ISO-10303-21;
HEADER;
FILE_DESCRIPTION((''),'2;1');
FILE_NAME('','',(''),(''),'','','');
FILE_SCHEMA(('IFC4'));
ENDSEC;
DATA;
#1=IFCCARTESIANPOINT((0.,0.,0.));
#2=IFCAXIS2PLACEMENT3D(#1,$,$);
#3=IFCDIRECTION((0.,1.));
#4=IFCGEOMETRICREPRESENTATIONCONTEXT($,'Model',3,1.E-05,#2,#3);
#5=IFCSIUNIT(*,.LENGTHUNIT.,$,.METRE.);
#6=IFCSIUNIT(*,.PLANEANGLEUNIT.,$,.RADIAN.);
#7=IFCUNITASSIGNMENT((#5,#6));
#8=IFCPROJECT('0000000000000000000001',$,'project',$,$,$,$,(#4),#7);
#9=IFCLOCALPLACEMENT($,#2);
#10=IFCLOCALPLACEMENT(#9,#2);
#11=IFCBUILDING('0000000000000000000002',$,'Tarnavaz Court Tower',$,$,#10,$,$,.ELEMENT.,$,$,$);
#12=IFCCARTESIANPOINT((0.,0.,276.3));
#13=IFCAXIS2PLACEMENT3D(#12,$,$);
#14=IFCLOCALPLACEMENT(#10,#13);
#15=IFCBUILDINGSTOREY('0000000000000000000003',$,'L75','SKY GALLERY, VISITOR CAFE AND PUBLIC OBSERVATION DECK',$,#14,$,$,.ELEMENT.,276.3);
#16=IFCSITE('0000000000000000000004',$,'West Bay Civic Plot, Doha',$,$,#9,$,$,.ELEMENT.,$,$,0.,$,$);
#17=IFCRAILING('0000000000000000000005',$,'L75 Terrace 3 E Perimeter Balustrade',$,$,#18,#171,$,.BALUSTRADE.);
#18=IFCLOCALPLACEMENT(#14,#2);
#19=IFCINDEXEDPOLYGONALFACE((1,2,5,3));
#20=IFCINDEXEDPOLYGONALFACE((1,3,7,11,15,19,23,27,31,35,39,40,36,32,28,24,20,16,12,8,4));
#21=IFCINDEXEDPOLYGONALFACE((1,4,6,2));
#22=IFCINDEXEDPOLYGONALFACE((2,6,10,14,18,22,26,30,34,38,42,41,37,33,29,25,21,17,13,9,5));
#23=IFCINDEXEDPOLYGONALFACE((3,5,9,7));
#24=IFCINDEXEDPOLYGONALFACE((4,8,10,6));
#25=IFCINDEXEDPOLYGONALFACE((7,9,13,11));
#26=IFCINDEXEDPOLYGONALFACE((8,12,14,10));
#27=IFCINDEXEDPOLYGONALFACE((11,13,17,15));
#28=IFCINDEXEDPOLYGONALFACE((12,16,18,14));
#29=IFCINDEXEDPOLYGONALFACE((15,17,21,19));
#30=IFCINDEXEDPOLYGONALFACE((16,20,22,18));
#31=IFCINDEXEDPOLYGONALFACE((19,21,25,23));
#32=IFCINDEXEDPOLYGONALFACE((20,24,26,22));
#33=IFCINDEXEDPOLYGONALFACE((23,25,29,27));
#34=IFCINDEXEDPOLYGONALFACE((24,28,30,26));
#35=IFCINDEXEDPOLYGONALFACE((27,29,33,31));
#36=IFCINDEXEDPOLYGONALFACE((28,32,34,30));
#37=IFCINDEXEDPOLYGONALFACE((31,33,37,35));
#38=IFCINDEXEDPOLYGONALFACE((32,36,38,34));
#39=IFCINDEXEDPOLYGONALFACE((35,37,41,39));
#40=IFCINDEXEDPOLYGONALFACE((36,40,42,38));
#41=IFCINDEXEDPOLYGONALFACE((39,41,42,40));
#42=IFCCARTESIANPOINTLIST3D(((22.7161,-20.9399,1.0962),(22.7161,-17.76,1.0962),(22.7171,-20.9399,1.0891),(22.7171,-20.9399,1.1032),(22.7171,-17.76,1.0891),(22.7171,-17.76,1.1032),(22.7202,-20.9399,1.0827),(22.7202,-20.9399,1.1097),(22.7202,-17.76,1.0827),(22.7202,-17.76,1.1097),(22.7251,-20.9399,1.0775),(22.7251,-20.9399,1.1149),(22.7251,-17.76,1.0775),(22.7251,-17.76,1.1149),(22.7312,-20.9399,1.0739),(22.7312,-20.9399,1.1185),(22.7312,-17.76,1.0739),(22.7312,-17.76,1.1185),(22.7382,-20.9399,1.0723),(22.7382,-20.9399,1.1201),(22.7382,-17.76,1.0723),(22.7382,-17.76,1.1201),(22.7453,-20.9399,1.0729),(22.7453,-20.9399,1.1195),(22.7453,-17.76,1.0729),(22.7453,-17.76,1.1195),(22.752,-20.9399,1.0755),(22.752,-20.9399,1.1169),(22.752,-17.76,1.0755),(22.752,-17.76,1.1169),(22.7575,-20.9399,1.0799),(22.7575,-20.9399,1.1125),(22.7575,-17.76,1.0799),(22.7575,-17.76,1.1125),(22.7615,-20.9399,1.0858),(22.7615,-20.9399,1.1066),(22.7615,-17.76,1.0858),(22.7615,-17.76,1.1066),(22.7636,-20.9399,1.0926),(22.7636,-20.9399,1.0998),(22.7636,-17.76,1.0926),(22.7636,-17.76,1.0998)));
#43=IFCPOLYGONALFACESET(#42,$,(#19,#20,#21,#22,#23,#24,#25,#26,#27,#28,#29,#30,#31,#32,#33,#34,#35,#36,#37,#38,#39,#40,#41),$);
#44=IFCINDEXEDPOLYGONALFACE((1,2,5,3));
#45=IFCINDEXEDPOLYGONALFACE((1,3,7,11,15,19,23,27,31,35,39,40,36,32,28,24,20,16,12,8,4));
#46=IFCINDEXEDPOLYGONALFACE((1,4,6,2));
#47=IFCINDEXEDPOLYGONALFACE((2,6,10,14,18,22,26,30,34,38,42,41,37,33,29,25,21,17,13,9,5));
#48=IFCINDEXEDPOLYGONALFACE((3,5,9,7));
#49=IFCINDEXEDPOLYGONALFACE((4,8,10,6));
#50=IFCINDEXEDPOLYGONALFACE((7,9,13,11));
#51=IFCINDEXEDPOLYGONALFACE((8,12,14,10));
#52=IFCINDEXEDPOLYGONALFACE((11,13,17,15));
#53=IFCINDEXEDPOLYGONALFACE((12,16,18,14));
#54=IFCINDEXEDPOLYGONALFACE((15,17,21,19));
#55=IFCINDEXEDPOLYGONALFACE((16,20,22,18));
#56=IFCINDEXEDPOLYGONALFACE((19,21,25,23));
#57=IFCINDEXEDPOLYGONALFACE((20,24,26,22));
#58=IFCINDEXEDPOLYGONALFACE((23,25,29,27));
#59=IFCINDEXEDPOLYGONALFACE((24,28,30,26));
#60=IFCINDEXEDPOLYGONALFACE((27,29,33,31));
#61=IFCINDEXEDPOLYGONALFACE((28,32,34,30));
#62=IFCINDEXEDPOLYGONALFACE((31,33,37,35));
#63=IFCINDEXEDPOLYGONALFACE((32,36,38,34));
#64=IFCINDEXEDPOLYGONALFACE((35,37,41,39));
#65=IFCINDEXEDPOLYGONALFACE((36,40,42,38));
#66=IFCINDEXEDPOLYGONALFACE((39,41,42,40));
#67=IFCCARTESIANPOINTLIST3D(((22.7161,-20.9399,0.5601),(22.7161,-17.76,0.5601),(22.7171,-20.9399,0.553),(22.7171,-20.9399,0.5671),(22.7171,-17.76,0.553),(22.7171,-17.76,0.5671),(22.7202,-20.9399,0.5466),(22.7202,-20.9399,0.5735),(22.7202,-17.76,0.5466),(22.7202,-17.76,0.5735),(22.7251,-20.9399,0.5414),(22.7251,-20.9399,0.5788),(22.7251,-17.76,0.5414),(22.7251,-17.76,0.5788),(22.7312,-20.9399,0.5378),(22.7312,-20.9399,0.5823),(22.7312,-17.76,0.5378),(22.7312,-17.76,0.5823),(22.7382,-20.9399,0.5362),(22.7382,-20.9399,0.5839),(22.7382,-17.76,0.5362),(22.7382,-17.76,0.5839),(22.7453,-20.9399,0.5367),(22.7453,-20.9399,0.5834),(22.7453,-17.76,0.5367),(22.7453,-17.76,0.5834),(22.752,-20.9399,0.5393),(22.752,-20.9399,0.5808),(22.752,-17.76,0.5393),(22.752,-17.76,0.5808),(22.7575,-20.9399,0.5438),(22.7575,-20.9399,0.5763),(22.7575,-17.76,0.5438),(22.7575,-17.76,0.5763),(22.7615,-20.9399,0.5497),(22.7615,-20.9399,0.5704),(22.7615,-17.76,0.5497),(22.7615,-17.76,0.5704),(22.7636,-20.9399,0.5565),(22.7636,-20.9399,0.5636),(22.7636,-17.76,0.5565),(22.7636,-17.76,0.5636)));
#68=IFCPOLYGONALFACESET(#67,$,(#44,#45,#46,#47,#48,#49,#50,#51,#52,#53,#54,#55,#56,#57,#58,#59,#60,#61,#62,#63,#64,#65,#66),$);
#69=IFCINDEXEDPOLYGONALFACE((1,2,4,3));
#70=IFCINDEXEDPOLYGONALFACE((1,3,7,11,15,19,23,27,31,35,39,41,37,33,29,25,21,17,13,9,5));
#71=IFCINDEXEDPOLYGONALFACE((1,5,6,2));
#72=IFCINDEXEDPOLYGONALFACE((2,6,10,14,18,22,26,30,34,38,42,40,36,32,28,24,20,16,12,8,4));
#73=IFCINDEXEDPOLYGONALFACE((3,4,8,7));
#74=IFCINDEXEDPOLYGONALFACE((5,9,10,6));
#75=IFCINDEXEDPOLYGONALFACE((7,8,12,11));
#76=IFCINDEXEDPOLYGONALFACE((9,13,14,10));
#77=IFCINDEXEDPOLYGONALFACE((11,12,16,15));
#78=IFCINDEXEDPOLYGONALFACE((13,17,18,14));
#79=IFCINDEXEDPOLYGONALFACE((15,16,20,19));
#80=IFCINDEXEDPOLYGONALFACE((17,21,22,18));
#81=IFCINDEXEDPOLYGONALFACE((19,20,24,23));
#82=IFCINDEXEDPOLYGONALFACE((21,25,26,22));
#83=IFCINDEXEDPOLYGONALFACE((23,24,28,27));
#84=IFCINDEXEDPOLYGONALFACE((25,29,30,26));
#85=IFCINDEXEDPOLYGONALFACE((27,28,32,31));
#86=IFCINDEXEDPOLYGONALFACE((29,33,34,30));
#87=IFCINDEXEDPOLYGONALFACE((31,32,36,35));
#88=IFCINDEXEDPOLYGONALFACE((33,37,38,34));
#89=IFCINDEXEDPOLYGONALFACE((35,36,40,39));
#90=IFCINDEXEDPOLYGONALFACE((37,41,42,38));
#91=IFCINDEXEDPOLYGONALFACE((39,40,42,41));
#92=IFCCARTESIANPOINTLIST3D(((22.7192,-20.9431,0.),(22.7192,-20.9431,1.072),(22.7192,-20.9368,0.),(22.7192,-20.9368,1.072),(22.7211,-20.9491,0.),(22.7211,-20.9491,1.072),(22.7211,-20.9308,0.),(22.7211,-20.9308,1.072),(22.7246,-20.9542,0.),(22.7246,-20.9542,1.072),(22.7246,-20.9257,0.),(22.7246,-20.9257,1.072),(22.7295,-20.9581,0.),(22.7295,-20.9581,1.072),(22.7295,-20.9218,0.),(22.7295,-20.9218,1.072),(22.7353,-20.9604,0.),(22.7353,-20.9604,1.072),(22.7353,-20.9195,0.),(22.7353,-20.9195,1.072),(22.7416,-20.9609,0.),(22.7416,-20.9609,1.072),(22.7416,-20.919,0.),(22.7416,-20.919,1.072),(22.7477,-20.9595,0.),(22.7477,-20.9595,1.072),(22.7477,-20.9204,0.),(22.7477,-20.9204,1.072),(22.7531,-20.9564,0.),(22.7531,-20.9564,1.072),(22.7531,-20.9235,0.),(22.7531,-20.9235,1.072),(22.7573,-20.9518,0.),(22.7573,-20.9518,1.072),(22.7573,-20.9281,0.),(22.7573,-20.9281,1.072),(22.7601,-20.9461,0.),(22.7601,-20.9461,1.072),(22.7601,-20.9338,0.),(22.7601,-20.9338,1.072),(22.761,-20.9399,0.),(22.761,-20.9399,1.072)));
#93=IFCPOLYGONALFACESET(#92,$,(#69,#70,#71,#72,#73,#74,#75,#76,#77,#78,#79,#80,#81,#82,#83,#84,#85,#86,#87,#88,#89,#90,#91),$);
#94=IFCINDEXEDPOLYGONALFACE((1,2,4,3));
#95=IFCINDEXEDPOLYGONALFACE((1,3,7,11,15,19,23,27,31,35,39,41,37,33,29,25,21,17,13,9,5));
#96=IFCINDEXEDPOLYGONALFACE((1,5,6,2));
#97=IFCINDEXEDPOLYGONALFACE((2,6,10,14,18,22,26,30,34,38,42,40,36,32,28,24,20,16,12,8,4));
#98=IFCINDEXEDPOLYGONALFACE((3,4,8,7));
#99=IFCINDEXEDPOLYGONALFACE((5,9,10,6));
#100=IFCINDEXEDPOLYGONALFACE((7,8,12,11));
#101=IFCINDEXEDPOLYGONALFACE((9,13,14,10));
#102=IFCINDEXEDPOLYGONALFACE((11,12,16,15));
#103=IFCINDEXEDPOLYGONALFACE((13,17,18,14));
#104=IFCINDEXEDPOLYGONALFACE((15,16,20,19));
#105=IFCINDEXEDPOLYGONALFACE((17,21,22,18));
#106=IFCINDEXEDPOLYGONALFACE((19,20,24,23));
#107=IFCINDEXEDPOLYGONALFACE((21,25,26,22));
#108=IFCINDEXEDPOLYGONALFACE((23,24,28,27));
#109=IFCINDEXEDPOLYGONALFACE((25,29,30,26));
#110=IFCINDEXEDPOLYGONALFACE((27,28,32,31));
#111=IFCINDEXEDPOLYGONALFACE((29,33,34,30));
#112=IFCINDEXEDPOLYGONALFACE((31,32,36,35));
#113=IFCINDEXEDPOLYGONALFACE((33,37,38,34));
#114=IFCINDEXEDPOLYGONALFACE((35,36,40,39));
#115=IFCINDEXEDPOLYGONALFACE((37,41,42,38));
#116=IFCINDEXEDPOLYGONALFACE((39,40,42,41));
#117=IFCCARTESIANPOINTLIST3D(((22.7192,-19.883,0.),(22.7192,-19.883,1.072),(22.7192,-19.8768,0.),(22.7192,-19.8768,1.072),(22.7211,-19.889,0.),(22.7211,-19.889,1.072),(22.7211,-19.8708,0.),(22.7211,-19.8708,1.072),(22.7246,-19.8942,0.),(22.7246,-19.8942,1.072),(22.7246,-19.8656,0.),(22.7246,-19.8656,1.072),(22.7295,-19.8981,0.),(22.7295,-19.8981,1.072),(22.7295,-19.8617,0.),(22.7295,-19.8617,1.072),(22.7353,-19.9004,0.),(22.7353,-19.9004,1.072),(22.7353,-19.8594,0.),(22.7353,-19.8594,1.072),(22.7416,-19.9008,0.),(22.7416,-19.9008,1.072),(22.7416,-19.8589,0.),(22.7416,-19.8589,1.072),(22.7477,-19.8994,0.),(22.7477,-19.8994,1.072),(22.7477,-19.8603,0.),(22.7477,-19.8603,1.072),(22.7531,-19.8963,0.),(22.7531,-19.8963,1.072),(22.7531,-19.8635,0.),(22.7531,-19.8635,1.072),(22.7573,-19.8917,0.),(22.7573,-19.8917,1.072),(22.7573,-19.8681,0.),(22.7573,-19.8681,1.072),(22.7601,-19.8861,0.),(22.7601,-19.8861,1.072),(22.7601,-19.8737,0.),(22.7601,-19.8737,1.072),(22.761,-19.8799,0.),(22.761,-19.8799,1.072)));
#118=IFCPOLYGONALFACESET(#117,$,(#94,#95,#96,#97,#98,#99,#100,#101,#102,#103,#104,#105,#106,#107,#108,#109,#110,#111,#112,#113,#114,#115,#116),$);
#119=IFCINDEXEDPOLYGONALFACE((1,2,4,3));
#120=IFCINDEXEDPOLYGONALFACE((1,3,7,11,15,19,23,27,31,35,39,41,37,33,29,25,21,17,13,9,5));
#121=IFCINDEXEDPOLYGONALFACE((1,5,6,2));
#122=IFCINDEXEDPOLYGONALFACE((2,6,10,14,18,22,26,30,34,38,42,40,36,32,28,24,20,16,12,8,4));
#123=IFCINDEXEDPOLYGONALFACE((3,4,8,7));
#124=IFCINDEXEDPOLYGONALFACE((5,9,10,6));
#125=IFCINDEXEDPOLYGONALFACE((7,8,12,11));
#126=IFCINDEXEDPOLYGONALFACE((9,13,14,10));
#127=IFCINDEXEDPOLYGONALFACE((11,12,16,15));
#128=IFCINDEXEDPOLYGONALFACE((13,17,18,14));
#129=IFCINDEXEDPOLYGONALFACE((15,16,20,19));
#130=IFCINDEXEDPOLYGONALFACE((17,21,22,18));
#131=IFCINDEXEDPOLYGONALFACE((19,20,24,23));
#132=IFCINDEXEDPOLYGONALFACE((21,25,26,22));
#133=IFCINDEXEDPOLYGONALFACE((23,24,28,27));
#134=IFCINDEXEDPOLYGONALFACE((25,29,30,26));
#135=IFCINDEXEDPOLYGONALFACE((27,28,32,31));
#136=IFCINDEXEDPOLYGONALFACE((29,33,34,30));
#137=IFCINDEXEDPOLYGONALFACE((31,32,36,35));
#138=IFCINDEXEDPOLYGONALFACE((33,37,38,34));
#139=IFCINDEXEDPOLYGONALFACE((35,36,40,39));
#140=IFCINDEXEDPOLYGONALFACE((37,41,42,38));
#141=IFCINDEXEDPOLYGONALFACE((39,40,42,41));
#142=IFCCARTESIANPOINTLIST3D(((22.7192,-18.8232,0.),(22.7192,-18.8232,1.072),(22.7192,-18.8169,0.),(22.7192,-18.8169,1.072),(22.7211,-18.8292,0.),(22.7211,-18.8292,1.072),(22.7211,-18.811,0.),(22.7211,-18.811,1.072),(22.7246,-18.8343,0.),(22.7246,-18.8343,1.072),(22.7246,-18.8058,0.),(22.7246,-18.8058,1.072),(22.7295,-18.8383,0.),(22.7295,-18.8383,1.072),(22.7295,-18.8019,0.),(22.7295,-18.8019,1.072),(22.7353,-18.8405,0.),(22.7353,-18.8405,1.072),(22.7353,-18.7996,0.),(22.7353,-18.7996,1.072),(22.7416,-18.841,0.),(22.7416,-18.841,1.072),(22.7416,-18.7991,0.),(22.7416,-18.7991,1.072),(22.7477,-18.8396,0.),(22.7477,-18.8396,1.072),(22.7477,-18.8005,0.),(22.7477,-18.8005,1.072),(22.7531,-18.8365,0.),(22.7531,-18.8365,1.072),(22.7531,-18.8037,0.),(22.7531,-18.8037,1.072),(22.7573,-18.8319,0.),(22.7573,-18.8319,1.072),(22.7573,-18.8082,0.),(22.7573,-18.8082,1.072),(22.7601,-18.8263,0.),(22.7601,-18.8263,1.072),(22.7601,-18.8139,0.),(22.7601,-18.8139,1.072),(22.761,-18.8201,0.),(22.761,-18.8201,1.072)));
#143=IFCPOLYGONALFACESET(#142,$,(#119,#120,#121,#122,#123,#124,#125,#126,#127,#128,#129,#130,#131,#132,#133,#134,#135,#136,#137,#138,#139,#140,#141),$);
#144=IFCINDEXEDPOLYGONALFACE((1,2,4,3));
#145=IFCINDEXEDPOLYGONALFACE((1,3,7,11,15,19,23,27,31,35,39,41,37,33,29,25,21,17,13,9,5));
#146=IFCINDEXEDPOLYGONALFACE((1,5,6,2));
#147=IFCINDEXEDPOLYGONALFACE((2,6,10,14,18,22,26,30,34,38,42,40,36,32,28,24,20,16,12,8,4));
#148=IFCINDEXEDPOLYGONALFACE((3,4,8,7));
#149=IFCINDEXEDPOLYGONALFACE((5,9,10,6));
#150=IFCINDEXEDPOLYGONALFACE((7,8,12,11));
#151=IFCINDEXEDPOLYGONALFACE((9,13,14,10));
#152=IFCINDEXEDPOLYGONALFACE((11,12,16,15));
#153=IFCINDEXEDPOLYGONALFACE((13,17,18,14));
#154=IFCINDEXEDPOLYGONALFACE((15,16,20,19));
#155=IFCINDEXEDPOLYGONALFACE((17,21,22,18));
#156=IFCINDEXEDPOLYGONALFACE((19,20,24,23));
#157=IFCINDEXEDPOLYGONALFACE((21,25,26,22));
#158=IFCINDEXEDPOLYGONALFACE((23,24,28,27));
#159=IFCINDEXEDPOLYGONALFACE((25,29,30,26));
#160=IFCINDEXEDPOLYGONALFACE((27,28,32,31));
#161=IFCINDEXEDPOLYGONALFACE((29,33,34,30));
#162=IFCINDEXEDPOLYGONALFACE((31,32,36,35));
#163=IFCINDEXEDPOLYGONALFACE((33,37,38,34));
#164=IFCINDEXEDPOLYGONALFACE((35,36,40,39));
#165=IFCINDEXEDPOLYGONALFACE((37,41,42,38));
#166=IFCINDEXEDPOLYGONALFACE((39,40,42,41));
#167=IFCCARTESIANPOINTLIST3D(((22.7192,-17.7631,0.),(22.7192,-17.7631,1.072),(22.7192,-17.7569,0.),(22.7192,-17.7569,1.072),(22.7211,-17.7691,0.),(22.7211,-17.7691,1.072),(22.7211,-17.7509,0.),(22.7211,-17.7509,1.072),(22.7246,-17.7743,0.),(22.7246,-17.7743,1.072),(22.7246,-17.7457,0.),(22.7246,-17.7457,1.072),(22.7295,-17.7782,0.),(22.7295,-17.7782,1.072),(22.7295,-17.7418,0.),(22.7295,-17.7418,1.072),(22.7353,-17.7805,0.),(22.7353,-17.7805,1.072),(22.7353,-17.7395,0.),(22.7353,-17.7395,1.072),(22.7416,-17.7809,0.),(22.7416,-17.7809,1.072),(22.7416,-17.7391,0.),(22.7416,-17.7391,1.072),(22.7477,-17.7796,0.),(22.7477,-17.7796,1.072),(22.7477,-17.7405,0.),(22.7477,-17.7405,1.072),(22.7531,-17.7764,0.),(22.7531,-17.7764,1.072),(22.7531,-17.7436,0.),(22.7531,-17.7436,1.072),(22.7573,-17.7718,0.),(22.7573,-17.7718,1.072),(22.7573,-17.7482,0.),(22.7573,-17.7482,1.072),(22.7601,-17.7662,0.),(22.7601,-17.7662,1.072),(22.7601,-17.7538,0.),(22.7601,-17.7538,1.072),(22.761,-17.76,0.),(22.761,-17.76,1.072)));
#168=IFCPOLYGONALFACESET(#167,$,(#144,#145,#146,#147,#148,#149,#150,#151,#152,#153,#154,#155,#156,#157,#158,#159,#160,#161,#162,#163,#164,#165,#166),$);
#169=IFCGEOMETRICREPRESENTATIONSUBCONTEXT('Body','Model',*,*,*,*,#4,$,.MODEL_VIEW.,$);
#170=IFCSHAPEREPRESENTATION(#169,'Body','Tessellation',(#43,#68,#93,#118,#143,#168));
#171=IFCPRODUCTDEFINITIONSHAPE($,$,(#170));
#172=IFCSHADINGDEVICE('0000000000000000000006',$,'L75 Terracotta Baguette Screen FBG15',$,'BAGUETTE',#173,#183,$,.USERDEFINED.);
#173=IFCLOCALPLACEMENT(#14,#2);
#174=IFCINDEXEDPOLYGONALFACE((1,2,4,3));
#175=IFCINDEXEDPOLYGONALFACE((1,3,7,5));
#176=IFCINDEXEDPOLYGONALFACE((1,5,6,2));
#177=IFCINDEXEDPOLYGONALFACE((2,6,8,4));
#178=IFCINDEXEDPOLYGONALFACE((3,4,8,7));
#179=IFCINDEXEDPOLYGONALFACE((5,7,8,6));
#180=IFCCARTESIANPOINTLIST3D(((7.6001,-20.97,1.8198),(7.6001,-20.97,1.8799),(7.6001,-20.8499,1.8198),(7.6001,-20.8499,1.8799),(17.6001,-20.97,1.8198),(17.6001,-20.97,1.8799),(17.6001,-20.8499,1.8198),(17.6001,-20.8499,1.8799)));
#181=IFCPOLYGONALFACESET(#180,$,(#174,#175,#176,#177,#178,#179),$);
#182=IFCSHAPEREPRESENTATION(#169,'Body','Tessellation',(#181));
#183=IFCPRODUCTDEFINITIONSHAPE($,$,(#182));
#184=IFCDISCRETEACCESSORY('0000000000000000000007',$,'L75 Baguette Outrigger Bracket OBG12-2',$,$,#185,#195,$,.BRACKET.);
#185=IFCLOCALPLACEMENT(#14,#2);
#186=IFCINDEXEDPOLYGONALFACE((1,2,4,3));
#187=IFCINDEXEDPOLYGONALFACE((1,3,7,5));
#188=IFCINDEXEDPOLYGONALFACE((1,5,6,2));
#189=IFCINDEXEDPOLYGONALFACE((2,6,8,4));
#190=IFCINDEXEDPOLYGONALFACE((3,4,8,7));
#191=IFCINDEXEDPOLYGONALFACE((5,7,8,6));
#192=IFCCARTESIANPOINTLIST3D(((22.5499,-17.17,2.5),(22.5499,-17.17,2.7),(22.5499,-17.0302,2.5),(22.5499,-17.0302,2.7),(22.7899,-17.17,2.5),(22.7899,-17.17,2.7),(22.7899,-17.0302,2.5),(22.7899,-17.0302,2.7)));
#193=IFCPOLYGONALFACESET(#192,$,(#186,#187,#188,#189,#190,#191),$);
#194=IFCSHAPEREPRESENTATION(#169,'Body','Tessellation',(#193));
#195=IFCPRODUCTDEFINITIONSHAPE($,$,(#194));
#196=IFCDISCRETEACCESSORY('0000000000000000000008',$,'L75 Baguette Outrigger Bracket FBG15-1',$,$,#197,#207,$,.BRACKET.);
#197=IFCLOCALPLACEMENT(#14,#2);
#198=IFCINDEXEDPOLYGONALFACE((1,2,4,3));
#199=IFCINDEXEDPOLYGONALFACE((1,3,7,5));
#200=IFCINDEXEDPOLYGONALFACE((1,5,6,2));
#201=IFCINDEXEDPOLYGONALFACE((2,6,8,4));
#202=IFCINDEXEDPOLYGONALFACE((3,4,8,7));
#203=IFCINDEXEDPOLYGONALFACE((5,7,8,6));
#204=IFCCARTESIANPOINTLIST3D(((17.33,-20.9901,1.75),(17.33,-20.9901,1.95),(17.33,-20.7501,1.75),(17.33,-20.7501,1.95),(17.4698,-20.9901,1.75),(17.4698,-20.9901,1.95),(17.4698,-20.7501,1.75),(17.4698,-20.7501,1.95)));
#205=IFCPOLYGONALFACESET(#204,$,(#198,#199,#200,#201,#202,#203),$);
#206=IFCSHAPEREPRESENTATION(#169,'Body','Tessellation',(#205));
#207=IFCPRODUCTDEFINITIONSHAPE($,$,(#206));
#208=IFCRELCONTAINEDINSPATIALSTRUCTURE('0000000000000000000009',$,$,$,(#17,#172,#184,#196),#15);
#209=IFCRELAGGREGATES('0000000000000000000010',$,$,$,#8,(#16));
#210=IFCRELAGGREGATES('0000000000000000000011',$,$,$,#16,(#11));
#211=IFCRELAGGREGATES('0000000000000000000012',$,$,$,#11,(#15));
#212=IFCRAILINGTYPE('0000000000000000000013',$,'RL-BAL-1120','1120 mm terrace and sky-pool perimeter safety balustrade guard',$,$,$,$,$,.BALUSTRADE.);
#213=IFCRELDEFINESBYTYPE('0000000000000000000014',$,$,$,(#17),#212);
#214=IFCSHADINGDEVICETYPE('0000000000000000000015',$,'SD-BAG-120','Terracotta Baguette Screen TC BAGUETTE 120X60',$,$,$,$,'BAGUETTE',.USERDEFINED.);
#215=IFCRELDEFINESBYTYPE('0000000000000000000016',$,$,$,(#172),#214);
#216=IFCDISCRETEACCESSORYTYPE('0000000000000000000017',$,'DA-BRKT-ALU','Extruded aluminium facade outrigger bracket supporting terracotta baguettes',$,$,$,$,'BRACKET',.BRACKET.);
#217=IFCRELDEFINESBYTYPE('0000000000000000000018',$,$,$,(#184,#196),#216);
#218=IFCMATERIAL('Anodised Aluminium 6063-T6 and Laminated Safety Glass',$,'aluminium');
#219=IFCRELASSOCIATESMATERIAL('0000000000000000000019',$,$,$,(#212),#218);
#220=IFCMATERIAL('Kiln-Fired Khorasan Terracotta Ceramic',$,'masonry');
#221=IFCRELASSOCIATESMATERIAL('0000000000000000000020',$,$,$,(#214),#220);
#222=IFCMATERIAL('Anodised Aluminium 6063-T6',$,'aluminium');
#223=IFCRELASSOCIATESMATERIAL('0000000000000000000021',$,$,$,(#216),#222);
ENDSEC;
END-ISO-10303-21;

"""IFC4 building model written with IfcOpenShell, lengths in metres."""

from ifc_helpers import new_model, si_unit, direction, frame, origin, origin_2d, place, context, subcontext, project, spatial, rectangle, circle, extrude, material, material_profile, profile_set, type_object, element, save


model = new_model("IFC4")

# Units and contexts
model_context = context("Model", 3, precision=1e-05, world=origin(), true_north=direction((0.0, 1.0)))
body_context = subcontext(model_context, "Body", "Model", "MODEL_VIEW")
ifc_project = project(units=[si_unit("LENGTHUNIT", "METRE"), si_unit("PLANEANGLEUNIT", "RADIAN")], contexts=[model_context])

# Site, building, storey
site_placement = place(None, origin())
site = spatial("IfcSite", under=ifc_project, at=site_placement, Name="West Bay Civic Plot, Doha", CompositionType="ELEMENT", RefElevation=0.0)
building_placement = place(site_placement, origin())
building = spatial("IfcBuilding", under=site, at=building_placement, Name="Tarnavaz Court Tower", CompositionType="ELEMENT")
storey_placement = place(building_placement, frame((0.0, 0.0, 276.3)))
storey = spatial("IfcBuildingStorey", under=building, at=storey_placement, Name="L75", Description="SKY GALLERY, VISITOR CAFE AND PUBLIC OBSERVATION DECK", CompositionType="ELEMENT", Elevation=276.3)

# Shared definitions
ifc_material_1 = material(Name="Anodised Aluminium 6063-T6", Category="aluminium")

# Railing
ifc_material_2 = material(Name="Anodised Aluminium 6063-T6 and Laminated Safety Glass", Category="aluminium")
railing_type = type_object("IfcRailingType", Name="RL-BAL-1120", Description="1120 mm terrace and sky-pool perimeter safety balustrade guard", PredefinedType="BALUSTRADE", material=ifc_material_2)
railing_1_placement = place(storey_placement, frame((22.74, -20.9399, 0.0)))
element("IfcRailing", 1, at=railing_1_placement, inside=storey, type_object=railing_type, Name="L75 Terrace 3 E Perimeter Balustrade", PredefinedType="BALUSTRADE", context=body_context, shape_type="SweptSolid", body=[
    extrude(circle(Radius=0.0239, at=origin_2d()), frame((0.0, 0.0, 1.0962), z_axis=(0.0, 1.0, 0.0), x_axis=(-1.0, 0.0, 0.0)), (0.0, 0.0, 1.0), 3.1799),
    extrude(circle(Radius=0.0239, at=origin_2d()), frame((0.0, 0.0, 0.5601), z_axis=(0.0, 1.0, 0.0), x_axis=(-1.0, 0.0, 0.0)), (0.0, 0.0, 1.0), 3.1799),
    extrude(circle(Radius=0.021, at=origin_2d()), origin(), (0.0, 0.0, 1.0), 1.072),
    extrude(circle(Radius=0.021, at=origin_2d()), frame((0.0, 1.0601, 0.0)), (0.0, 0.0, 1.0), 1.072),
    extrude(circle(Radius=0.021, at=origin_2d()), frame((0.0, 2.1199, 0.0)), (0.0, 0.0, 1.0), 1.072),
    extrude(circle(Radius=0.021, at=origin_2d()), frame((0.0, 3.1799, 0.0)), (0.0, 0.0, 1.0), 1.072),
])

# Shading device
ifc_material_3 = material(Name="Kiln-Fired Khorasan Terracotta Ceramic", Category="masonry")
ifc_material_profile_1 = material_profile(ifc_material_3, rectangle(XDim=0.1201, YDim=0.0601, at=origin_2d()), Name="TC BAGUETTE 120X60")
ifc_profile_set_1 = profile_set([ifc_material_profile_1], Name="Kiln-Fired Khorasan Terracotta Ceramic")
shading_device_type = type_object("IfcShadingDeviceType", Name="SD-BAG-120", Description="Terracotta Baguette Screen TC BAGUETTE 120X60", ElementType="BAGUETTE", PredefinedType="USERDEFINED", material=ifc_profile_set_1)
shading_device_placement = place(storey_placement, frame((17.6001, -20.9099, 1.8499), z_axis=(-1.0, 0.0, 0.0), x_axis=(0.0, -1.0, 0.0)))
element("IfcShadingDevice", 2, at=shading_device_placement, inside=storey, type_object=shading_device_type, Name="L75 Terracotta Baguette Screen FBG15", ObjectType="BAGUETTE", PredefinedType="USERDEFINED", context=body_context, shape_type="SweptSolid", body=[
    extrude(rectangle(XDim=0.1201, YDim=0.0601, at=origin_2d()), origin(), (0.0, 0.0, 1.0), 10.0),
])

# Discrete accessories
discrete_accessory_type = type_object("IfcDiscreteAccessoryType", Name="DA-BRKT-ALU", Description="Extruded aluminium facade outrigger bracket supporting terracotta baguettes", ElementType="BRACKET", PredefinedType="BRACKET", material=ifc_material_1)
for number, where, z_axis, x_axis, name in (
    (3, (22.6699, -17.1001, 2.5), (0.0, 0.0, 1.0), (0.0, -1.0, 0.0), "L75 Baguette Outrigger Bracket OBG12-2"),
    (4, (17.3999, -20.8701, 1.75), (0.0, 0.0, 1.0), (-1.0, 0.0, 0.0), "L75 Baguette Outrigger Bracket FBG15-1"),
):
    element("IfcDiscreteAccessory", number, at=place(storey_placement, frame(where, z_axis=z_axis, x_axis=x_axis)), inside=storey, type_object=discrete_accessory_type, Name=name, PredefinedType="BRACKET", context=body_context, shape_type="SweptSolid", body=[
        extrude(rectangle(XDim=0.1399, YDim=0.24, at=origin_2d()), origin(), (0.0, 0.0, 1.0), 0.2),
    ])

save(model, "model.ifc")
